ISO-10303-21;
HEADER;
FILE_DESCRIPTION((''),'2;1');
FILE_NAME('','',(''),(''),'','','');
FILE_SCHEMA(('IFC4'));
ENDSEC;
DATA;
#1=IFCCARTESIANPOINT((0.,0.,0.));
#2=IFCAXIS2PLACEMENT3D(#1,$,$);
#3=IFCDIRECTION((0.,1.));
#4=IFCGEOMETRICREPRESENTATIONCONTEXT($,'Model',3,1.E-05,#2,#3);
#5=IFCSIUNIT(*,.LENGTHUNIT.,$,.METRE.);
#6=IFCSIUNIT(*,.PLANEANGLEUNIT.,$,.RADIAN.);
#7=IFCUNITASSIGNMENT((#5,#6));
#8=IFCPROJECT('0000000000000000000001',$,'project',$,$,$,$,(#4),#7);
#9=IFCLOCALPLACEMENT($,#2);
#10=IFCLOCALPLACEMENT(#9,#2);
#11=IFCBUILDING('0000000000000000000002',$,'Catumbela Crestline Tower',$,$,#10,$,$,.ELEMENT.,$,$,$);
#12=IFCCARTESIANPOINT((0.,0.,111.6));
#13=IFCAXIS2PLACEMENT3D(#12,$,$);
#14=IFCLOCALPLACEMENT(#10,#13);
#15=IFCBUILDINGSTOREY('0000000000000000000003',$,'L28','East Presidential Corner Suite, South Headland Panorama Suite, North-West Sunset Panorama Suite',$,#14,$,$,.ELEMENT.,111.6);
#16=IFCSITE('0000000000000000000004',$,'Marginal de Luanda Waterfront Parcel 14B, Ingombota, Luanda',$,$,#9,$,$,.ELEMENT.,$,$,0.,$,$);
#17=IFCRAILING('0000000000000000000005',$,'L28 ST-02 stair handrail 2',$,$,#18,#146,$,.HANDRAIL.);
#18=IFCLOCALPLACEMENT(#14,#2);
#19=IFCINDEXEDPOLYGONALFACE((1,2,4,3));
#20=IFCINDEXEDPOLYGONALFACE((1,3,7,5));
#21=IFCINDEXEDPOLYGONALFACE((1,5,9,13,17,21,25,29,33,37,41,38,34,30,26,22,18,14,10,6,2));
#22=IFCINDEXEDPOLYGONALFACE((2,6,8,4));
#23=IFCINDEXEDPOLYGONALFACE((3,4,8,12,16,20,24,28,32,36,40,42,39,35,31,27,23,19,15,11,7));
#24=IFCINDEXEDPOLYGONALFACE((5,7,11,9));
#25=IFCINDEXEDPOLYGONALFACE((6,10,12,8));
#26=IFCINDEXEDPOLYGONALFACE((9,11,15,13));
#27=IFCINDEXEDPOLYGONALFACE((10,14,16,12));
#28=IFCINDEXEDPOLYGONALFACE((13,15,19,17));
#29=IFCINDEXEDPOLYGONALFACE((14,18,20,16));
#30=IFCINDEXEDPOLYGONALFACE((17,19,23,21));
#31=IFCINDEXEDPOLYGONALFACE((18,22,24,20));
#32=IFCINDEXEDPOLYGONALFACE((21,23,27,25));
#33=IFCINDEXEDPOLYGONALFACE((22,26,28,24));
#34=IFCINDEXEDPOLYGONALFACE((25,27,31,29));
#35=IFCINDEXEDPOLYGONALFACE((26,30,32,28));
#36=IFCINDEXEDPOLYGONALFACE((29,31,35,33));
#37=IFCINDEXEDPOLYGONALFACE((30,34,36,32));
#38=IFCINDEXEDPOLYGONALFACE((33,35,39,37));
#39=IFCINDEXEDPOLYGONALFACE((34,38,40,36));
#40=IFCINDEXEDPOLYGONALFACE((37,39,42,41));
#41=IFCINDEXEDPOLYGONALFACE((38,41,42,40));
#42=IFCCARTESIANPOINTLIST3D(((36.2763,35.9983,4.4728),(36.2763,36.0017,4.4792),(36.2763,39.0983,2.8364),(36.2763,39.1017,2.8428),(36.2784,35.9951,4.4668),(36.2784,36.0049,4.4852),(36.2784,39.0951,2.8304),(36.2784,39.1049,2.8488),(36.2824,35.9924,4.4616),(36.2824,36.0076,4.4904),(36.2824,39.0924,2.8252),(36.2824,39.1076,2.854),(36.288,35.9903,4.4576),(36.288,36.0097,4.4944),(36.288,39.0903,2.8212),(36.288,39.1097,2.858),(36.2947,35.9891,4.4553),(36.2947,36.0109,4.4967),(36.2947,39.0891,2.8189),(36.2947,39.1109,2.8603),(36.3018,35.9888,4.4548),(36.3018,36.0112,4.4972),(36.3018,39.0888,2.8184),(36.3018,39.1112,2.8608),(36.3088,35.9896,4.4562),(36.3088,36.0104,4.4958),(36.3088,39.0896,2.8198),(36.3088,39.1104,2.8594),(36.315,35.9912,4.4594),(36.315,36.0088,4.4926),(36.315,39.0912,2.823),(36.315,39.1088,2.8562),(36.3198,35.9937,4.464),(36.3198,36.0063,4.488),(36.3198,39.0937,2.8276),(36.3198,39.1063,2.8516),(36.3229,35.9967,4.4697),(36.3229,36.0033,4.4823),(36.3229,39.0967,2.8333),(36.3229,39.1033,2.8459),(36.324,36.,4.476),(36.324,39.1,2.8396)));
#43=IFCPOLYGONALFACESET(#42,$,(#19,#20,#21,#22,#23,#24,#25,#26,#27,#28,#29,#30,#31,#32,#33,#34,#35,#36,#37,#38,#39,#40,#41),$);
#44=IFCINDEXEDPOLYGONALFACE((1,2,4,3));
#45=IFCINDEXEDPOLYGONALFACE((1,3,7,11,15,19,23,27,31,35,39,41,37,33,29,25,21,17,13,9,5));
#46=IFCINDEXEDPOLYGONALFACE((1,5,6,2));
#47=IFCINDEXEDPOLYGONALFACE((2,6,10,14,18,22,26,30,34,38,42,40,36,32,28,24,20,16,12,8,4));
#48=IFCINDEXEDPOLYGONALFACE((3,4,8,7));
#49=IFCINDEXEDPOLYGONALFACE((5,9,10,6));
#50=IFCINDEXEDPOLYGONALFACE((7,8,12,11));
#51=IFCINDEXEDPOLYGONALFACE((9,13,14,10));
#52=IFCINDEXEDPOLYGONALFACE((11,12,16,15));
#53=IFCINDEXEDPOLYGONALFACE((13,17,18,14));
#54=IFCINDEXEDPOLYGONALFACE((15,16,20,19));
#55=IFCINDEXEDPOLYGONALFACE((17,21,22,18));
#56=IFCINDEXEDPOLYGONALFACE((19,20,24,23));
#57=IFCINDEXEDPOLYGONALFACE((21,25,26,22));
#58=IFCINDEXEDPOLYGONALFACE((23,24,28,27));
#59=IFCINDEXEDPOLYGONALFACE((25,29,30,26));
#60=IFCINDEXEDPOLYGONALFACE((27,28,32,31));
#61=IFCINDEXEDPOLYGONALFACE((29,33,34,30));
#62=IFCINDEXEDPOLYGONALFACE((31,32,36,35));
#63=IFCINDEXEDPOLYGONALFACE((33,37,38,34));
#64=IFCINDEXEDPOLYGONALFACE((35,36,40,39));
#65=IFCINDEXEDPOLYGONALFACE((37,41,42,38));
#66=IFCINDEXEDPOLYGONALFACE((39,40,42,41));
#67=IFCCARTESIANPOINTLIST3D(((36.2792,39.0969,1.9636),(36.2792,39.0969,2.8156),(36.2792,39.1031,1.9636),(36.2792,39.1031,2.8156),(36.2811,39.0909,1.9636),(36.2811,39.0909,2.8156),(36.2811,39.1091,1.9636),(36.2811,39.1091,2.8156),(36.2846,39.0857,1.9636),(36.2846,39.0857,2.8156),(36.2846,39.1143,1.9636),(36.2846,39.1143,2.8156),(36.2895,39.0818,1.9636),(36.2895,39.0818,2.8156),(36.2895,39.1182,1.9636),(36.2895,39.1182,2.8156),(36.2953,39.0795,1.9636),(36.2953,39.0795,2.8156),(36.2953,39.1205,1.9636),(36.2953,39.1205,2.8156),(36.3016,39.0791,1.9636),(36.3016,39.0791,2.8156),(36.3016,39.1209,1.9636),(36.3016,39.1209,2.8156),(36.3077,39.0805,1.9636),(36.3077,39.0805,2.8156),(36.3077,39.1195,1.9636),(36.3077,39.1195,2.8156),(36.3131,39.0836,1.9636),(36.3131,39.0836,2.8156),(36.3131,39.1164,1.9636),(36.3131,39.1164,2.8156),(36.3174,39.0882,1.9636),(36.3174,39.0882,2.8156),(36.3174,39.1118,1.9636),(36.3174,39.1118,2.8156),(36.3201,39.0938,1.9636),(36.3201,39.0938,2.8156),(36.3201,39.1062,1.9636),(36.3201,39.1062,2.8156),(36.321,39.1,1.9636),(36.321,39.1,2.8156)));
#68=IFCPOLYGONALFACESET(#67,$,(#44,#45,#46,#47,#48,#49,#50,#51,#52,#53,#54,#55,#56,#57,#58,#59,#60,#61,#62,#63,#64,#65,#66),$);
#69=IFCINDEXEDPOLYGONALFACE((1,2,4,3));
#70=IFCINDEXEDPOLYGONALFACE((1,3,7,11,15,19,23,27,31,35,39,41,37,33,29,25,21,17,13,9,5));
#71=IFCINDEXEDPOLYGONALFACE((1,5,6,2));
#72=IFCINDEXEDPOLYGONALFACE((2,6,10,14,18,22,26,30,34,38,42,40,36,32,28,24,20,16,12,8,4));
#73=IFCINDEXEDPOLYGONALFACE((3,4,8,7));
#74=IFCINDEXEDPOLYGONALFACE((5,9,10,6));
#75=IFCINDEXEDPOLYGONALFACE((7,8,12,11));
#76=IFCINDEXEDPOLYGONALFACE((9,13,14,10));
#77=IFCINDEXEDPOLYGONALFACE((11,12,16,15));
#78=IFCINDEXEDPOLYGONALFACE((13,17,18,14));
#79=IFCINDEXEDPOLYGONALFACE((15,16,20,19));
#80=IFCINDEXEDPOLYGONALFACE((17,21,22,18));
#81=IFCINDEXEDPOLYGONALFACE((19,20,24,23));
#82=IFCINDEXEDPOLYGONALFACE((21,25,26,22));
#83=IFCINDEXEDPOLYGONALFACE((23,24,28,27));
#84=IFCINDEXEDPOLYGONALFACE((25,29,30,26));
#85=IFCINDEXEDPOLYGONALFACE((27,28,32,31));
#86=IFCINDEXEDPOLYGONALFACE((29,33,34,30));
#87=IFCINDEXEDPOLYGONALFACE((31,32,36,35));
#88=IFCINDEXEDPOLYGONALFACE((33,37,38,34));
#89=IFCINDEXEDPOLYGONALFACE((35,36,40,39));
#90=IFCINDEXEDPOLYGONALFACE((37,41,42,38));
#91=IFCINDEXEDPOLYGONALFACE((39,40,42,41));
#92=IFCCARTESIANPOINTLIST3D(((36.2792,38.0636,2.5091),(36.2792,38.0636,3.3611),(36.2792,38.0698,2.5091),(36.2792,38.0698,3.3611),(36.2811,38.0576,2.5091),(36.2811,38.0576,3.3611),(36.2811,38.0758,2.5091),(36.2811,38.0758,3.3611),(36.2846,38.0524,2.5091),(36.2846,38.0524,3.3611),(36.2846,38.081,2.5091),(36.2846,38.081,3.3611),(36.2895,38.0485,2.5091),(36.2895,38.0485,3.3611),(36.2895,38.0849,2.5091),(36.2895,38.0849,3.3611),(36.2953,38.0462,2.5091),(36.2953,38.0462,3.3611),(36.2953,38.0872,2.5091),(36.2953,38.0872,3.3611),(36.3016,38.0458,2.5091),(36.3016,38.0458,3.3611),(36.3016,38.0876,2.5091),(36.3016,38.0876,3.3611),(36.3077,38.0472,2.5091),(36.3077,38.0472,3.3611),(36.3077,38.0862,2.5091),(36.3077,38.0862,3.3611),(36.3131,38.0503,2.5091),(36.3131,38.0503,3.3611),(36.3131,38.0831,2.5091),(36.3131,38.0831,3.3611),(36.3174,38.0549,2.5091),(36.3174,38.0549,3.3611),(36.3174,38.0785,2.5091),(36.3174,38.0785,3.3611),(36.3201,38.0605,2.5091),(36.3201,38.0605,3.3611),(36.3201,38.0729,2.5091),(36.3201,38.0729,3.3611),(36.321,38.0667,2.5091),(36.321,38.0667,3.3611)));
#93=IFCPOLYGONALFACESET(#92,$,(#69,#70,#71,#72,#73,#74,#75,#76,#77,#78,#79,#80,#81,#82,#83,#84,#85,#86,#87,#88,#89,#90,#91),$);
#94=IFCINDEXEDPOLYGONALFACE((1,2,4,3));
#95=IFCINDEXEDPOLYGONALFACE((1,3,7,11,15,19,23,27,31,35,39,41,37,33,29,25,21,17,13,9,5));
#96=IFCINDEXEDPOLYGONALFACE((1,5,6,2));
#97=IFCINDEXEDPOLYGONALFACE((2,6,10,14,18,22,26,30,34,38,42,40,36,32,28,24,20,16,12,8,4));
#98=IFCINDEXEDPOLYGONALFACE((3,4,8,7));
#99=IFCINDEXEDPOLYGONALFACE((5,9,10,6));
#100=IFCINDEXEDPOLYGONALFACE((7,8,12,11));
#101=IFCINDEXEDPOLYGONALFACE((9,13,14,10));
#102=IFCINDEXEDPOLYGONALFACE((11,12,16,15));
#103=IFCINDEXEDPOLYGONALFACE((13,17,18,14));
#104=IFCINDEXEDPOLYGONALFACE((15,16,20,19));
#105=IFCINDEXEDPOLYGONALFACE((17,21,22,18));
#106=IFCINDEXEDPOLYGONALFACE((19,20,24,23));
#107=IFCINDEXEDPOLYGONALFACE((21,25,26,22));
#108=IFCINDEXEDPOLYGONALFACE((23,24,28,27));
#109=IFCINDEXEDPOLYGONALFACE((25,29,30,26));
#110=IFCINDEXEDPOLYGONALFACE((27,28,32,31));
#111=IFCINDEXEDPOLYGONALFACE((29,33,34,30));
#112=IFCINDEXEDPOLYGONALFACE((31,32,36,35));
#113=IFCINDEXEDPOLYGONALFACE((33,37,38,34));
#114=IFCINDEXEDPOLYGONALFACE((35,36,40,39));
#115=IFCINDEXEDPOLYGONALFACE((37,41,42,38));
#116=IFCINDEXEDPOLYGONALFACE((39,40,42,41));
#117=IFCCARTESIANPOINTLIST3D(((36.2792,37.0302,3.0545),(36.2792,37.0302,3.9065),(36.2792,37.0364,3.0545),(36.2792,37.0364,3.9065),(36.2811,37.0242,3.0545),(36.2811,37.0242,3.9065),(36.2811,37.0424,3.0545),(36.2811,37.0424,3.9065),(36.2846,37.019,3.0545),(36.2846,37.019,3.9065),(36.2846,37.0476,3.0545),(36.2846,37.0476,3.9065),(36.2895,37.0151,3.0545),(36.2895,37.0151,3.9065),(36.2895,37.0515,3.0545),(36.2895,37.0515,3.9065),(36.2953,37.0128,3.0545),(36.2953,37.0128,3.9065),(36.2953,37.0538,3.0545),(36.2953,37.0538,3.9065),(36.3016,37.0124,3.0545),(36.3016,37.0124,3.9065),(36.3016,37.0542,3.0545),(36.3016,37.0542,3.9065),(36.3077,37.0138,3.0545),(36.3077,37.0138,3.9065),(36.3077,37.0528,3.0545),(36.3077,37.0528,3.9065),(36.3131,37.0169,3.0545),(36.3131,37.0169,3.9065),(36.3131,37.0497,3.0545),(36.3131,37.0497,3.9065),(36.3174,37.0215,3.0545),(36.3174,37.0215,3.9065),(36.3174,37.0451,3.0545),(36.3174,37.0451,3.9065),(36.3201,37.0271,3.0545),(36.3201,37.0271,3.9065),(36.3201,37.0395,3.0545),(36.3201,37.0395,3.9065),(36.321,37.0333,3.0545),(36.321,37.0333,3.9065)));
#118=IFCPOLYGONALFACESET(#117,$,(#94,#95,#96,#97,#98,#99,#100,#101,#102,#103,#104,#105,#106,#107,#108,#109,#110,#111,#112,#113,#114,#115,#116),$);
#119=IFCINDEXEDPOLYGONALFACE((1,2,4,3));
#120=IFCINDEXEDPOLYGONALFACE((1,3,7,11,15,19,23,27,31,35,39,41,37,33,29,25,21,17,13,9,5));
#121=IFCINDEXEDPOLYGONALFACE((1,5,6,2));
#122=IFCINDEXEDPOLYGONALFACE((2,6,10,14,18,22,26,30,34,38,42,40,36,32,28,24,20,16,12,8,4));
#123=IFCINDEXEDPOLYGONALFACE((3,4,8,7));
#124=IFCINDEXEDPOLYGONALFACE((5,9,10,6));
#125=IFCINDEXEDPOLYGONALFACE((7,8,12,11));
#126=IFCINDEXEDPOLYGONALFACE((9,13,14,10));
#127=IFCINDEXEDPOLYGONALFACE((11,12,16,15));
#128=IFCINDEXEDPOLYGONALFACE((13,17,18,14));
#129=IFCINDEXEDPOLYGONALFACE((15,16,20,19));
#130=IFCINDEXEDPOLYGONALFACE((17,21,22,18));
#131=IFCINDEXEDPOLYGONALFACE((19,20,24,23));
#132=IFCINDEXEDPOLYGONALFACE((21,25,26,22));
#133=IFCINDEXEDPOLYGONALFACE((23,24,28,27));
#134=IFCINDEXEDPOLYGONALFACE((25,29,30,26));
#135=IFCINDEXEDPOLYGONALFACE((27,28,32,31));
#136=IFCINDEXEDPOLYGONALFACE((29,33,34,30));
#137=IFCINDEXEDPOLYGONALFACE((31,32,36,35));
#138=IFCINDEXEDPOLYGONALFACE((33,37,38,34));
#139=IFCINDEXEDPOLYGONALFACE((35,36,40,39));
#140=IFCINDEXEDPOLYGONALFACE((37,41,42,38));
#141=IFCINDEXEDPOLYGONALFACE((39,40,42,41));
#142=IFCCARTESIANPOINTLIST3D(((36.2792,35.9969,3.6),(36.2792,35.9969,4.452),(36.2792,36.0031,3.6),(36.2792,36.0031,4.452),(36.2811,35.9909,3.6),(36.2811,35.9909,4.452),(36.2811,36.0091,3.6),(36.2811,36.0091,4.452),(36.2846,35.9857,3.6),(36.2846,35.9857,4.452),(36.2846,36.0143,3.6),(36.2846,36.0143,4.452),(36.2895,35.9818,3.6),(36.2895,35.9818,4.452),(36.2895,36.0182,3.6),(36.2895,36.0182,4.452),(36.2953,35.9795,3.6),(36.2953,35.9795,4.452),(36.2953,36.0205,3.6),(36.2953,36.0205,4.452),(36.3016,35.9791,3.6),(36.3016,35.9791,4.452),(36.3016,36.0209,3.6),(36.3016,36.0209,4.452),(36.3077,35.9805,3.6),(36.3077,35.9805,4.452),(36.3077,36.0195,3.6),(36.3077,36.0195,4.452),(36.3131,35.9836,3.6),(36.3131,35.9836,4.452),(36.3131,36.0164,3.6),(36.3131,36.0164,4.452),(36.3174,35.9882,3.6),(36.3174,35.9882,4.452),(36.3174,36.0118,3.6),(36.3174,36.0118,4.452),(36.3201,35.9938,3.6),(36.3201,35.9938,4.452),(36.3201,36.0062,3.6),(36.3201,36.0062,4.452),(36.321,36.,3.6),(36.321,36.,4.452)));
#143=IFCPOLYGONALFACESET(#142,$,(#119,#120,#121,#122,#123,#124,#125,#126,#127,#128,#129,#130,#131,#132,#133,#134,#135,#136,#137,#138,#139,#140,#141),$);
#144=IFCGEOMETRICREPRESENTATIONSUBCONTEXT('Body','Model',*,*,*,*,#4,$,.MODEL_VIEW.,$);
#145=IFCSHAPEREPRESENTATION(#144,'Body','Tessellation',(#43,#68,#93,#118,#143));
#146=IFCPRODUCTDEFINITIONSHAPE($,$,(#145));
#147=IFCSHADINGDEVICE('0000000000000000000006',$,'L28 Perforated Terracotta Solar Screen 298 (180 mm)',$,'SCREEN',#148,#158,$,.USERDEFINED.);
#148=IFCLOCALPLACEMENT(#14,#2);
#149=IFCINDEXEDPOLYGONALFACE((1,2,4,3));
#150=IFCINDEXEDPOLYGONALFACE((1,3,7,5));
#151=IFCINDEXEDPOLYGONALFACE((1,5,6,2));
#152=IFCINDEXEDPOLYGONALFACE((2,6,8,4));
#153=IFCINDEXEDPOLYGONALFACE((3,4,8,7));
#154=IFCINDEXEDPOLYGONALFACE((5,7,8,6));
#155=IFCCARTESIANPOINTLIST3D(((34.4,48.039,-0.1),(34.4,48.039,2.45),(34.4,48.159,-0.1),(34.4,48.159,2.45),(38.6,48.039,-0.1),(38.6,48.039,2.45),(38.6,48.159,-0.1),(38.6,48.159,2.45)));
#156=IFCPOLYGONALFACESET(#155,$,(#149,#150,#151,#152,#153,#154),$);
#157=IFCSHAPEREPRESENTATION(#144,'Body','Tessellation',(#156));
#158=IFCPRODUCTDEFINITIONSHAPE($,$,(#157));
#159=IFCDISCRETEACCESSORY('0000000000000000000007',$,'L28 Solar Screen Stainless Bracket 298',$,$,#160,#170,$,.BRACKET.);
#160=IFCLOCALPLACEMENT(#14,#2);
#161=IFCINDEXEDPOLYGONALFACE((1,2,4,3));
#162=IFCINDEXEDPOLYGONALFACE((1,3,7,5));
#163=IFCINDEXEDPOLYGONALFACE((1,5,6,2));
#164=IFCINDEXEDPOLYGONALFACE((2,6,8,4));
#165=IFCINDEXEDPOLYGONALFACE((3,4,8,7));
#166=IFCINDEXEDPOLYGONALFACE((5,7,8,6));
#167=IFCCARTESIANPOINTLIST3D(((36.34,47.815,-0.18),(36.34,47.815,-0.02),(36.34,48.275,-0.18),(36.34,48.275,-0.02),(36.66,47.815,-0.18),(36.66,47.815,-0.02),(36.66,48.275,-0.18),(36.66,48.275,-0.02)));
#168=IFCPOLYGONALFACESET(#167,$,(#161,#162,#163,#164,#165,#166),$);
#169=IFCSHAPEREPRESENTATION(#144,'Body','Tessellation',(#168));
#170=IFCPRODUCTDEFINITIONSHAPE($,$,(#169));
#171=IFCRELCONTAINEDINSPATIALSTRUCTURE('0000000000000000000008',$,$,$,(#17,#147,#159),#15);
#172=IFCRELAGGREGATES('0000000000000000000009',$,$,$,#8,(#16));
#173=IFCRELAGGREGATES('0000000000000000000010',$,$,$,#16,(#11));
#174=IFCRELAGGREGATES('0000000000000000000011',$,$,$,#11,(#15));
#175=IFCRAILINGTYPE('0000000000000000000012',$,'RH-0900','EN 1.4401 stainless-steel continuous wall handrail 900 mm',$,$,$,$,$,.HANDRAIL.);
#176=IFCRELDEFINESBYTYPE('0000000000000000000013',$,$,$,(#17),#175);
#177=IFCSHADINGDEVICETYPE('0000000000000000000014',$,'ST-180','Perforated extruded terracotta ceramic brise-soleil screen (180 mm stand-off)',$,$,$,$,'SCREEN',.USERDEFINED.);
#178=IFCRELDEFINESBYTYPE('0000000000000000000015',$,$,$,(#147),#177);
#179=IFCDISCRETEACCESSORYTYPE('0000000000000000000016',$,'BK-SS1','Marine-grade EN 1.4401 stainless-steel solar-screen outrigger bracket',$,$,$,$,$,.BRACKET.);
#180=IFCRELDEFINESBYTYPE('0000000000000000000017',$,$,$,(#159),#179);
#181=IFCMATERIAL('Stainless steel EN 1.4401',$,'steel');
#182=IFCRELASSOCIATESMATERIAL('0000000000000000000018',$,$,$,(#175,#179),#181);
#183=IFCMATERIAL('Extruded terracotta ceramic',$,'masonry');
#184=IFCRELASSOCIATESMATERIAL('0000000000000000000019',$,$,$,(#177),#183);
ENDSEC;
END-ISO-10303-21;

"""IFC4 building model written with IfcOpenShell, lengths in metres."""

from ifc_helpers import new_model, si_unit, direction, frame, origin, origin_2d, place, context, subcontext, project, spatial, rectangle, circle, extrude, material, type_object, element, save


model = new_model("IFC4")

# Units and contexts
model_context = context("Model", 3, precision=1e-05, world=origin(), true_north=direction((0.0, 1.0)))
body_context = subcontext(model_context, "Body", "Model", "MODEL_VIEW")
ifc_project = project(units=[si_unit("LENGTHUNIT", "METRE"), si_unit("PLANEANGLEUNIT", "RADIAN")], contexts=[model_context])

# Site, building, storey
site_placement = place(None, origin())
site = spatial("IfcSite", under=ifc_project, at=site_placement, Name="Marginal de Luanda Waterfront Parcel 14B, Ingombota, Luanda", CompositionType="ELEMENT", RefElevation=0.0)
building_placement = place(site_placement, origin())
building = spatial("IfcBuilding", under=site, at=building_placement, Name="Catumbela Crestline Tower", CompositionType="ELEMENT")
storey_placement = place(building_placement, frame((0.0, 0.0, 111.6)))
storey = spatial("IfcBuildingStorey", under=building, at=storey_placement, Name="L28", Description="East Presidential Corner Suite, South Headland Panorama Suite, North-West Sunset Panorama Suite", CompositionType="ELEMENT", Elevation=111.6)

# Shared definitions
ifc_material_1 = material(Name="Stainless steel EN 1.4401", Category="steel")

# Railing
railing_type_1 = type_object("IfcRailingType", Name="RH-0900", Description="EN 1.4401 stainless-steel continuous wall handrail 900 mm", PredefinedType="HANDRAIL", material=ifc_material_1)
railing_1_placement = place(storey_placement, frame((36.3, 39.1, 1.9636)))
element("IfcRailing", 1, at=railing_1_placement, inside=storey, type_object=railing_type_1, Name="L28 ST-02 stair handrail 2", PredefinedType="HANDRAIL", context=body_context, shape_type="SweptSolid", body=[
    extrude(circle(Radius=0.024, at=origin_2d()), frame((0.0, 0.0, 0.876), z_axis=(0.0, -0.884351, 0.466823), x_axis=(1.0, 0.0, 0.0)), (0.0, 0.0, 1.0), 3.5054),
    extrude(circle(Radius=0.021, at=origin_2d()), origin(), (0.0, 0.0, 1.0), 0.852),
    extrude(circle(Radius=0.021, at=origin_2d()), frame((0.0, -1.0333, 0.5455)), (0.0, 0.0, 1.0), 0.852),
    extrude(circle(Radius=0.021, at=origin_2d()), frame((0.0, -2.0667, 1.0909)), (0.0, 0.0, 1.0), 0.852),
    extrude(circle(Radius=0.021, at=origin_2d()), frame((0.0, -3.1, 1.6364)), (0.0, 0.0, 1.0), 0.852),
])

# Shading device
ifc_material_2 = material(Name="Extruded terracotta ceramic", Category="masonry")
shading_device_type = type_object("IfcShadingDeviceType", Name="ST-180", Description="Perforated extruded terracotta ceramic brise-soleil screen (180 mm stand-off)", ElementType="SCREEN", PredefinedType="USERDEFINED", material=ifc_material_2)
shading_device_placement = place(storey_placement, frame((36.5, 48.099, -0.1), z_axis=(0.0, 0.0, 1.0), x_axis=(-1.0, 0.0, 0.0)))
element("IfcShadingDevice", 2, at=shading_device_placement, inside=storey, type_object=shading_device_type, Name="L28 Perforated Terracotta Solar Screen 298 (180 mm)", ObjectType="SCREEN", PredefinedType="USERDEFINED", context=body_context, shape_type="SweptSolid", body=[
    extrude(rectangle(XDim=4.2, YDim=0.12, at=origin_2d()), origin(), (0.0, 0.0, 1.0), 2.55),
])

# Discrete accessory
discrete_accessory_type = type_object("IfcDiscreteAccessoryType", Name="BK-SS1", Description="Marine-grade EN 1.4401 stainless-steel solar-screen outrigger bracket", PredefinedType="BRACKET", material=ifc_material_1)
discrete_accessory_placement = place(storey_placement, frame((36.5, 48.045, -0.18), z_axis=(0.0, 0.0, 1.0), x_axis=(-1.0, 0.0, 0.0)))
element("IfcDiscreteAccessory", 3, at=discrete_accessory_placement, inside=storey, type_object=discrete_accessory_type, Name="L28 Solar Screen Stainless Bracket 298", PredefinedType="BRACKET", context=body_context, shape_type="SweptSolid", body=[
    extrude(rectangle(XDim=0.32, YDim=0.46, at=origin_2d()), origin(), (0.0, 0.0, 1.0), 0.16),
])

save(model, "model.ifc")
